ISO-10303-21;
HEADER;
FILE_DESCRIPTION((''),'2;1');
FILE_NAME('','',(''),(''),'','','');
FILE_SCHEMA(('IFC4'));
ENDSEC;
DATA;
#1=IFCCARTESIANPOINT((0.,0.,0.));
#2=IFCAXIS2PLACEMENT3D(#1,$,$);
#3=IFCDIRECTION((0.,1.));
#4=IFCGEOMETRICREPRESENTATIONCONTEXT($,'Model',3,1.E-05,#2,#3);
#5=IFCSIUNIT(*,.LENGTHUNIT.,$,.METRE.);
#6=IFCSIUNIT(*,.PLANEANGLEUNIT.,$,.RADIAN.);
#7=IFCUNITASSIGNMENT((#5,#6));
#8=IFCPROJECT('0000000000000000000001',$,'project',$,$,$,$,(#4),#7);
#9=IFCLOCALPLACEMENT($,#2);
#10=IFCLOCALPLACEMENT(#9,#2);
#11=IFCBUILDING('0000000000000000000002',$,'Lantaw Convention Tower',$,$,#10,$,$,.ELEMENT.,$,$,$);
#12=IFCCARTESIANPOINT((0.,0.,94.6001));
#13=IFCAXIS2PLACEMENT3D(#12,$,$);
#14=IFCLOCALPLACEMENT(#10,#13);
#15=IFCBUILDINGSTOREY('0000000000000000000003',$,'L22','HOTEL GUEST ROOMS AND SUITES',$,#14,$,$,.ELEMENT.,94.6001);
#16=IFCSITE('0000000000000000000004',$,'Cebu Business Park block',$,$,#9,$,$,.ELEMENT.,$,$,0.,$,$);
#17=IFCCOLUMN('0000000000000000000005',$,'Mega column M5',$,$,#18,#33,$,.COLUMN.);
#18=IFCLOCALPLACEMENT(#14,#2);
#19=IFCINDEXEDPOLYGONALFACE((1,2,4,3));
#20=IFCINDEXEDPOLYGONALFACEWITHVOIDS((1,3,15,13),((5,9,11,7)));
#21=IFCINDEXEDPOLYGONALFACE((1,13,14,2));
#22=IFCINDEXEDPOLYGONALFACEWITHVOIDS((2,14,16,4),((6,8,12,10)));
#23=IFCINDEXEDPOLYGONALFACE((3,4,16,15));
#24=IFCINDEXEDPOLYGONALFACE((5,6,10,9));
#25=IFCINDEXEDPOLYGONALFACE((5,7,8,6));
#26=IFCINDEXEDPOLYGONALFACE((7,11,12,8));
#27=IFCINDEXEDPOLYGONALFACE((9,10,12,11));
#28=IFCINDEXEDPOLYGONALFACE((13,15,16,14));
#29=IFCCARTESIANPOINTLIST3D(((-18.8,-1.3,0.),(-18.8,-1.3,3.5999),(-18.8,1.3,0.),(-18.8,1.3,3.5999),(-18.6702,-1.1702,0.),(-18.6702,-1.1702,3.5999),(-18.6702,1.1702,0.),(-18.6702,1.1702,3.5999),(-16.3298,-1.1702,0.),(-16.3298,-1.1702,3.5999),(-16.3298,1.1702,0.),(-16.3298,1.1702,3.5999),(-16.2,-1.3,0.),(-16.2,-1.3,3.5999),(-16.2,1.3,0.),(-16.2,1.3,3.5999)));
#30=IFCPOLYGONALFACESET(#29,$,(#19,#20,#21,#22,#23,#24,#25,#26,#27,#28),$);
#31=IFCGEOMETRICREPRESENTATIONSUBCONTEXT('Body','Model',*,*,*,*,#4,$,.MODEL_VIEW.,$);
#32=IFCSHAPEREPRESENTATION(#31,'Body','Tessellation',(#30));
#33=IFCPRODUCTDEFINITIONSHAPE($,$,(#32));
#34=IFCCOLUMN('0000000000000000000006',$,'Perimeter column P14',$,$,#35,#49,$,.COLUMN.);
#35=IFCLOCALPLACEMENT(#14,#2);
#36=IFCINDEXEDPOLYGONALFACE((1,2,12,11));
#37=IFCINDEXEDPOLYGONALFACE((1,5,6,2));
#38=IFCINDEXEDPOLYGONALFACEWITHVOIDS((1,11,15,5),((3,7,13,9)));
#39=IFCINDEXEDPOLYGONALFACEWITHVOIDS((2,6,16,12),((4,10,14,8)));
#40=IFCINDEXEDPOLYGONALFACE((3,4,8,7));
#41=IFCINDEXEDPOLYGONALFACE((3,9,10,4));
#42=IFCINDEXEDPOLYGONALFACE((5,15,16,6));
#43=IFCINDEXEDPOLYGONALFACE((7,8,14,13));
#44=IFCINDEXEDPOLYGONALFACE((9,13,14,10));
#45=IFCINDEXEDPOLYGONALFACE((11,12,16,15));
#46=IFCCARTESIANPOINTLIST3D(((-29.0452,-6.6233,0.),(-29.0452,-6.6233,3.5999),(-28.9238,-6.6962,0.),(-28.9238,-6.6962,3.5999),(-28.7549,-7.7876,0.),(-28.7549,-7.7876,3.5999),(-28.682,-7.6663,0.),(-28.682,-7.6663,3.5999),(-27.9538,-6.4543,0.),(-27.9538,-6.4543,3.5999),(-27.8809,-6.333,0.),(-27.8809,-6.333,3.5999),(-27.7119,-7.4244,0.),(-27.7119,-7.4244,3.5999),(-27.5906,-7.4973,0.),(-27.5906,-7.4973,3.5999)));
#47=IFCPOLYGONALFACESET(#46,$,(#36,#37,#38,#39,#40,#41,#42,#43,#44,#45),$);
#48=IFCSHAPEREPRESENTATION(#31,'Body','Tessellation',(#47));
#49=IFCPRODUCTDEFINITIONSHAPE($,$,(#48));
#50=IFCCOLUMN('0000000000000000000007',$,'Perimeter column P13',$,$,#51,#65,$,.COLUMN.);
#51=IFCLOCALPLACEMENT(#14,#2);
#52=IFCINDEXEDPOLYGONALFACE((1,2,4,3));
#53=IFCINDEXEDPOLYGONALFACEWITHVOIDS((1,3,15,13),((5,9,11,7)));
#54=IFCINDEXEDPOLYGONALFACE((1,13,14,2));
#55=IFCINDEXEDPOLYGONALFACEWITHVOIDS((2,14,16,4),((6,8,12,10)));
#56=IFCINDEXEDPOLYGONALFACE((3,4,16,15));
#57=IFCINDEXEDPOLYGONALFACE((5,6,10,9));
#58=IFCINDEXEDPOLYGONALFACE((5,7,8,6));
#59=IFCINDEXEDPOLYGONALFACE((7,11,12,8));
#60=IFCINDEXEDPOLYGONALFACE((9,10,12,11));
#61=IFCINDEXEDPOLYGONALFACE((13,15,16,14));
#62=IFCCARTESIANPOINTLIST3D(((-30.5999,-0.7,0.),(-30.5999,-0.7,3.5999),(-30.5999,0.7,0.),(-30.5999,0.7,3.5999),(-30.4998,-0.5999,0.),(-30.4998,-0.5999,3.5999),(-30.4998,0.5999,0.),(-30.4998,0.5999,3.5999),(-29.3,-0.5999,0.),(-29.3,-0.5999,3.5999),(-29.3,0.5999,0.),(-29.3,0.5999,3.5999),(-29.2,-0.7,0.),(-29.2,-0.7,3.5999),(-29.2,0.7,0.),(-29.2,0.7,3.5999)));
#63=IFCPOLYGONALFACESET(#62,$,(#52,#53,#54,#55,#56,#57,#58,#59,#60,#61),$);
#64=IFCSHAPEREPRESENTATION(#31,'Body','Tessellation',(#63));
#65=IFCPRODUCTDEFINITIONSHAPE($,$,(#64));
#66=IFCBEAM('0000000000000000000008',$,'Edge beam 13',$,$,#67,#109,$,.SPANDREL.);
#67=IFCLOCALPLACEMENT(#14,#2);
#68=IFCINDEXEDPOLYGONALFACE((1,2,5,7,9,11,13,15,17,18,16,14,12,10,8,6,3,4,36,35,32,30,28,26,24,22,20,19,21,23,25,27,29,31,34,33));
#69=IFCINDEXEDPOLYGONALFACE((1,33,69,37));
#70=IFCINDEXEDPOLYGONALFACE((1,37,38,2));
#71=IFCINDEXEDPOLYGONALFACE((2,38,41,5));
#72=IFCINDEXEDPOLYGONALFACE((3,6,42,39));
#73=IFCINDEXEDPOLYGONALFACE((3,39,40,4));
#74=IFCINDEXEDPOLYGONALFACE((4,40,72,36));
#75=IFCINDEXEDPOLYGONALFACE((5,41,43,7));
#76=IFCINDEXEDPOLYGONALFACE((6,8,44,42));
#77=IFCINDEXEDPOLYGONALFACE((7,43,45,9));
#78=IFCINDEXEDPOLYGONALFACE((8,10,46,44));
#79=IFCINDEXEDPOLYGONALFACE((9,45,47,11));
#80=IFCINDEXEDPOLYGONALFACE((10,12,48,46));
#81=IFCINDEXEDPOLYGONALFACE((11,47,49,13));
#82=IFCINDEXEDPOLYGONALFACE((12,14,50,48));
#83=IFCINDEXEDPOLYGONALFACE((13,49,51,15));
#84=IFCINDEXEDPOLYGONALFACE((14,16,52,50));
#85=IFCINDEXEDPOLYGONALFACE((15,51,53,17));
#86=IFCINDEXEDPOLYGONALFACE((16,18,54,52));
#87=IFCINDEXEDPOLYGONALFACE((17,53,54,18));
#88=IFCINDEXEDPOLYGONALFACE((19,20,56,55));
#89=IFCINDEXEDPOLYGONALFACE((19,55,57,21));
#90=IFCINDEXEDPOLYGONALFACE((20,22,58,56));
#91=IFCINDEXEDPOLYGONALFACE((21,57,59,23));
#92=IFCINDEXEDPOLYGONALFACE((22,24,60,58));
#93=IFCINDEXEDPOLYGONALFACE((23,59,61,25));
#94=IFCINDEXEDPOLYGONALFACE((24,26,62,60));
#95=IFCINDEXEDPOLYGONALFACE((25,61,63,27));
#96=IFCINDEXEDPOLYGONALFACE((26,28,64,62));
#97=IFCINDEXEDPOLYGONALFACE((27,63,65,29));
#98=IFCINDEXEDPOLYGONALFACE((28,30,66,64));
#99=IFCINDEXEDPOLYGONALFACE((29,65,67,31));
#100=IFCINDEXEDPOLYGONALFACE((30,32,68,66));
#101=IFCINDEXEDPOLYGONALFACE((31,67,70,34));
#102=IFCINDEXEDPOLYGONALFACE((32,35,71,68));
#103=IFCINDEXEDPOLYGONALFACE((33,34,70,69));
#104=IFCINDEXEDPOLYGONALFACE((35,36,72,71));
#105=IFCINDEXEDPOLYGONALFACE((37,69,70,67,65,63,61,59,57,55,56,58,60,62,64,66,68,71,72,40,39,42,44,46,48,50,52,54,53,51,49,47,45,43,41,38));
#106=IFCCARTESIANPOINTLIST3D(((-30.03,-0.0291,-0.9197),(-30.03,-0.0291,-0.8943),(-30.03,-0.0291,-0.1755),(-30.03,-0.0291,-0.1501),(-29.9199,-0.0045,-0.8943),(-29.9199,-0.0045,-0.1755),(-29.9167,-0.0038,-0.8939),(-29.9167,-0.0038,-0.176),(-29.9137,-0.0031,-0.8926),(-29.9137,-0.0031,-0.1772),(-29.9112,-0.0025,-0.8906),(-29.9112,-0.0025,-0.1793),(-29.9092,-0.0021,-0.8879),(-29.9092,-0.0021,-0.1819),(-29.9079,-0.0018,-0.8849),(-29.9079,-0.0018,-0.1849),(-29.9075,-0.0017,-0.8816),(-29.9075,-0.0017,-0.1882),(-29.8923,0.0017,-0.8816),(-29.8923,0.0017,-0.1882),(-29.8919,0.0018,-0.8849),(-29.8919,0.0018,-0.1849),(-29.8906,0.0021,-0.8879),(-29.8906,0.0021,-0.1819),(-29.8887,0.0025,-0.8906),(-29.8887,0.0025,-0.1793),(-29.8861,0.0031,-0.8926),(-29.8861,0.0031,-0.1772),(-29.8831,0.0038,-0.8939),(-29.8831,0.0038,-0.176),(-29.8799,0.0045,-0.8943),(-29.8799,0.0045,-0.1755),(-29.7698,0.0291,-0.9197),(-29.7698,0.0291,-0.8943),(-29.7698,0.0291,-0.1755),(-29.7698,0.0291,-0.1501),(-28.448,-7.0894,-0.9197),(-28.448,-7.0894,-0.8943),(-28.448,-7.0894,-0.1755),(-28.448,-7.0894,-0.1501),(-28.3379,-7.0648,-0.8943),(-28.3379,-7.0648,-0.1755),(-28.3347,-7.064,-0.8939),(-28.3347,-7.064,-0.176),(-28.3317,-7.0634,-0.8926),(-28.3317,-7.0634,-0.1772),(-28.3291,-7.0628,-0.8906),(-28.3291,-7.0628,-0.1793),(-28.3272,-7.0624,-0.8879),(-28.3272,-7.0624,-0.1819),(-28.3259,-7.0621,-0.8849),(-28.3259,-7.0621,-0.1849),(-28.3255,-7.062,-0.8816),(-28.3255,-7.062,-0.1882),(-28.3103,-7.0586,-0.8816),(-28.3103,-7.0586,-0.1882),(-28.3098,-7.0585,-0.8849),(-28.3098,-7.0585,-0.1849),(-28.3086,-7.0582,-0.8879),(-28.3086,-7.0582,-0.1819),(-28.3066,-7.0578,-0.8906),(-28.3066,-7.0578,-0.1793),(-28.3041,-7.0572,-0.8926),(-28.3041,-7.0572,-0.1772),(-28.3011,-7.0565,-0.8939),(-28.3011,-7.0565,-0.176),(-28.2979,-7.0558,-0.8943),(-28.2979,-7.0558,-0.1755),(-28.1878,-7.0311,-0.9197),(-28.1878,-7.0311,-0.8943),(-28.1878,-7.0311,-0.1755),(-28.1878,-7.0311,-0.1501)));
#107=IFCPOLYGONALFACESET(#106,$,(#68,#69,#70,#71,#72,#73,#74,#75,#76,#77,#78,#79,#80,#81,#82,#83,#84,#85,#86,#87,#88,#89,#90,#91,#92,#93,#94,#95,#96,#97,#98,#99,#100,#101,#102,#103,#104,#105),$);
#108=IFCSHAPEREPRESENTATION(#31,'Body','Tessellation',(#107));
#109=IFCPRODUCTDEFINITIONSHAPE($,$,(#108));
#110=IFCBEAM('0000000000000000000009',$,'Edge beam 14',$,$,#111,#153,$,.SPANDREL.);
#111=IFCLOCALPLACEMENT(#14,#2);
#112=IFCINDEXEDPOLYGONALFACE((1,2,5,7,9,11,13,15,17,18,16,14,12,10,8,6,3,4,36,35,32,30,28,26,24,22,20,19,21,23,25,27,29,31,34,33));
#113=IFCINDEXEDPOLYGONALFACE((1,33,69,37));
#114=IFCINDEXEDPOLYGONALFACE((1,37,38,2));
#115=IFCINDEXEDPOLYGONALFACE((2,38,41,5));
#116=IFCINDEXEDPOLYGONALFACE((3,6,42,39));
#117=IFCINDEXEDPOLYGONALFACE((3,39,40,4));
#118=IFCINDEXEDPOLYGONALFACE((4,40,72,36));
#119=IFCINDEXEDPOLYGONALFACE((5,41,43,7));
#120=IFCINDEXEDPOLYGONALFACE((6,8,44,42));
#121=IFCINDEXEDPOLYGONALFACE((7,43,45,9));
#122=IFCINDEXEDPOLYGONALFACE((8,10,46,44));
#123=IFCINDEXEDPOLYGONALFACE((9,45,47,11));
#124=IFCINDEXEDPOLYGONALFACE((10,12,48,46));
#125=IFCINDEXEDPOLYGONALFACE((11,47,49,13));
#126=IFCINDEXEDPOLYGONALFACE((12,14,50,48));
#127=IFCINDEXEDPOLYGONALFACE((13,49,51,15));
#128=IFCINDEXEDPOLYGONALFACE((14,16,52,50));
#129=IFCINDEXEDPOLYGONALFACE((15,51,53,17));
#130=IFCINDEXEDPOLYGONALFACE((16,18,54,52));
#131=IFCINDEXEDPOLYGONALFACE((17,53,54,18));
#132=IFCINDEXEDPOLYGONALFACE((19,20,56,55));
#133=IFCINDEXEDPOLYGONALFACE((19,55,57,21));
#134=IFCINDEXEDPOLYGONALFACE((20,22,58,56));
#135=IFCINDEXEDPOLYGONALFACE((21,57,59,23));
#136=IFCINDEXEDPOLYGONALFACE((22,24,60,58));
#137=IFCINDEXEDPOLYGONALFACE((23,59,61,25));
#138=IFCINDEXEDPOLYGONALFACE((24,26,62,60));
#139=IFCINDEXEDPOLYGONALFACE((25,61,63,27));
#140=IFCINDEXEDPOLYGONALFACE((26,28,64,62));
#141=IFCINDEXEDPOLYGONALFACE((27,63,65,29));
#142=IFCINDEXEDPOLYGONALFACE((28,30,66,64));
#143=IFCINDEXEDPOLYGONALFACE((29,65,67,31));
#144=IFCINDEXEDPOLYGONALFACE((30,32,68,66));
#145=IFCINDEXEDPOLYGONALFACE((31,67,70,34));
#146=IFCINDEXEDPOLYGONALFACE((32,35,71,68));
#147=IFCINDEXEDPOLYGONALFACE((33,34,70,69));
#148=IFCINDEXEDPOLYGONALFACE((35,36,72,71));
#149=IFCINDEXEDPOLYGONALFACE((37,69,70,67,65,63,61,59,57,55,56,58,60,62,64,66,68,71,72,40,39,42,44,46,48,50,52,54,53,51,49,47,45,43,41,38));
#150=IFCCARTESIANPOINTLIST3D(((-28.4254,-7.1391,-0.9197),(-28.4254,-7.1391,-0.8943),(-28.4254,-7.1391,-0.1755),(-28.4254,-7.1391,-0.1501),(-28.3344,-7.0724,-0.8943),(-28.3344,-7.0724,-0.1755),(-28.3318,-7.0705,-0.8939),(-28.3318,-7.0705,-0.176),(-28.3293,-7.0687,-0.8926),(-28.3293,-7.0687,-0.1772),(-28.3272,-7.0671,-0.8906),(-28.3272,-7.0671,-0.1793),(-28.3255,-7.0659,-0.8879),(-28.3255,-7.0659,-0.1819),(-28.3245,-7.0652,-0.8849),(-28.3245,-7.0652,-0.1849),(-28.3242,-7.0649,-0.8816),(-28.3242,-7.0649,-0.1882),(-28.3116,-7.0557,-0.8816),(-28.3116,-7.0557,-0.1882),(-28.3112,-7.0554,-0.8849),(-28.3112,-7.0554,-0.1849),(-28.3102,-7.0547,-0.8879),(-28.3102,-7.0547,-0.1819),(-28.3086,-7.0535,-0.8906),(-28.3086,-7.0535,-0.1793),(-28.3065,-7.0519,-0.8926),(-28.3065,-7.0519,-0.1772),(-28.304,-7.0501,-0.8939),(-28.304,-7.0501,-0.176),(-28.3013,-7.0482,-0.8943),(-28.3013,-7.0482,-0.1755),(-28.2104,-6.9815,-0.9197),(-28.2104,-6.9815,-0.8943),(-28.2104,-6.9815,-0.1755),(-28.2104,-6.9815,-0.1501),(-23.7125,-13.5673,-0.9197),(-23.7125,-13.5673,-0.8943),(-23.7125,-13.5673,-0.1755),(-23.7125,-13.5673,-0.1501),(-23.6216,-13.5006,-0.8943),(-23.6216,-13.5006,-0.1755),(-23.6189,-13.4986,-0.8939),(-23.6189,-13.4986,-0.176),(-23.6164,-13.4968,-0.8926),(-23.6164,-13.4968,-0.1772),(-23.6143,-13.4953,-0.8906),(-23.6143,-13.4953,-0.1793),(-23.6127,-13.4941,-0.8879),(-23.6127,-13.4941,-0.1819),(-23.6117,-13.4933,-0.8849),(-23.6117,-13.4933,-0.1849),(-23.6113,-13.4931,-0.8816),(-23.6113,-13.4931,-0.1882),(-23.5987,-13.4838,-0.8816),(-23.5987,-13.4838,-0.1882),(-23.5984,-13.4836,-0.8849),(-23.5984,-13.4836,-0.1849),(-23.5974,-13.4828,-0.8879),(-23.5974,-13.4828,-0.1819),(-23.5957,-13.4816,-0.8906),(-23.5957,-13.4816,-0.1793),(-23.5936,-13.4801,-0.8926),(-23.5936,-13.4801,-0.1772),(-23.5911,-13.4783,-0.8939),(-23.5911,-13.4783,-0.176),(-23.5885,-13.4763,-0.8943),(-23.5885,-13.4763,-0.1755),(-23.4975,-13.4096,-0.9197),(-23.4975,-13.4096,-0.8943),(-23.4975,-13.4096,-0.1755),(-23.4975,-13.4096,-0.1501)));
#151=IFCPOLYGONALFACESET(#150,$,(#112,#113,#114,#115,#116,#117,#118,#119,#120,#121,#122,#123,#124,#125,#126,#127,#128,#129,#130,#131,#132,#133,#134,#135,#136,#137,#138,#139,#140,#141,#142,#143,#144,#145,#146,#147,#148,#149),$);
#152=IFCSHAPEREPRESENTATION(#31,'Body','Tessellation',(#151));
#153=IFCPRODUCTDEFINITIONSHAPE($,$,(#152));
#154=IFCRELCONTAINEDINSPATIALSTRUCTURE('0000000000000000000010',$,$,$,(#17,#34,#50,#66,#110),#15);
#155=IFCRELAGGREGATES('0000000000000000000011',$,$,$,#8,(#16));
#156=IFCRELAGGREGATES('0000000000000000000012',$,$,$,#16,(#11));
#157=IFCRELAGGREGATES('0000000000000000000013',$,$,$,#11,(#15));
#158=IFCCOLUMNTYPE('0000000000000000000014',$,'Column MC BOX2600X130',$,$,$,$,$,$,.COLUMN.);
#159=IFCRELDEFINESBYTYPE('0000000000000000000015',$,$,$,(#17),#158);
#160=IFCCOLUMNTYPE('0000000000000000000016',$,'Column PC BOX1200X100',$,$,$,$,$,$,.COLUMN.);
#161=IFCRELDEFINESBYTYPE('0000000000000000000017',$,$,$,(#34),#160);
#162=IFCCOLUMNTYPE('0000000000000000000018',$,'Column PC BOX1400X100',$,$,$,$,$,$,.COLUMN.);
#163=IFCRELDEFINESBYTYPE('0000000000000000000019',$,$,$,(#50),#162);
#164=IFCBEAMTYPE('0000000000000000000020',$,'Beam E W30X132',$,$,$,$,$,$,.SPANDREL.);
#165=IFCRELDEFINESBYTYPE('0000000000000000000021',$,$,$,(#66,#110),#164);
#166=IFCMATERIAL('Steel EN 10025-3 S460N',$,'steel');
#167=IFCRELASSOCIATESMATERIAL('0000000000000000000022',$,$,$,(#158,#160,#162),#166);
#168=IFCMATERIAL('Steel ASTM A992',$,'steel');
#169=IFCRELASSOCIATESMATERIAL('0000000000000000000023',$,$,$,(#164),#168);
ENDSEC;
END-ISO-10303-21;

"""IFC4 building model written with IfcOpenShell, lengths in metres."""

from ifc_helpers import new_model, si_unit, direction, frame, origin, origin_2d, place, context, subcontext, project, spatial, rectangle, hollow_rectangle, i_section, extrude, material, material_profile, profile_set, type_object, element, save


model = new_model("IFC4")

# Units and contexts
model_context = context("Model", 3, precision=1e-05, world=origin(), true_north=direction((0.0, 1.0)))
body_context = subcontext(model_context, "Body", "Model", "MODEL_VIEW")
ifc_project = project(units=[si_unit("LENGTHUNIT", "METRE"), si_unit("PLANEANGLEUNIT", "RADIAN")], contexts=[model_context])

# Site, building, storey
site_placement = place(None, origin())
site = spatial("IfcSite", under=ifc_project, at=site_placement, Name="Cebu Business Park block", CompositionType="ELEMENT", RefElevation=0.0)
building_placement = place(site_placement, origin())
building = spatial("IfcBuilding", under=site, at=building_placement, Name="Lantaw Convention Tower", CompositionType="ELEMENT")
storey_placement = place(building_placement, frame((0.0, 0.0, 94.6001)))
storey = spatial("IfcBuildingStorey", under=building, at=storey_placement, Name="L22", Description="HOTEL GUEST ROOMS AND SUITES", CompositionType="ELEMENT", Elevation=94.6001)

# Columns
ifc_material_1 = material(Name="Steel EN 10025-3 S460N", Category="steel")
ifc_material_profile_1 = material_profile(ifc_material_1, hollow_rectangle(XDim=2.6001, YDim=2.6001, WallThickness=0.1299, at=origin_2d()), Name="BOX2600X130")
ifc_material_2 = material(Name="Concrete C60/75", Category="concrete")
ifc_material_profile_2 = material_profile(ifc_material_2, rectangle(XDim=2.3401, YDim=2.3401, at=origin_2d()), Name="Concrete fill of BOX2600X130")
ifc_profile_set_1 = profile_set([ifc_material_profile_1, ifc_material_profile_2], Name="Steel EN 10025-3 S460N")
column_type_1 = type_object("IfcColumnType", Name="Column MC BOX2600X130", PredefinedType="COLUMN", material=ifc_profile_set_1)
column_1_placement = place(storey_placement, frame((-17.5, 0.0, 0.0), z_axis=(0.0, 0.0, 1.0), x_axis=(1.0, 0.0, 0.0)))
element("IfcColumn", 1, at=column_1_placement, inside=storey, type_object=column_type_1, Name="Mega column M5", PredefinedType="COLUMN", context=body_context, shape_type="SweptSolid", body=[
    extrude(hollow_rectangle(XDim=2.6001, YDim=2.6001, WallThickness=0.1299, at=origin_2d()), origin(), (0.0, 0.0, 1.0), 3.5999),
])
ifc_material_profile_3 = material_profile(ifc_material_1, hollow_rectangle(XDim=1.2, YDim=1.2, WallThickness=0.1001, at=origin_2d()), Name="BOX1200X100")
ifc_material_profile_4 = material_profile(ifc_material_2, rectangle(XDim=1.0, YDim=1.0, at=origin_2d()), Name="Concrete fill of BOX1200X100")
ifc_profile_set_2 = profile_set([ifc_material_profile_3, ifc_material_profile_4], Name="Steel EN 10025-3 S460N")
column_type_2 = type_object("IfcColumnType", Name="Column PC BOX1200X100", PredefinedType="COLUMN", material=ifc_profile_set_2)
column_2_placement = place(storey_placement, frame((-28.3179, -7.0603, 0.0), z_axis=(0.0, 0.0, 1.0), x_axis=(0.970296, 0.241922, 0.0)))
element("IfcColumn", 2, at=column_2_placement, inside=storey, type_object=column_type_2, Name="Perimeter column P14", PredefinedType="COLUMN", context=body_context, shape_type="SweptSolid", body=[
    extrude(hollow_rectangle(XDim=1.2, YDim=1.2, WallThickness=0.1001, at=origin_2d()), origin(), (0.0, 0.0, 1.0), 3.5999),
])
ifc_material_profile_5 = material_profile(ifc_material_1, hollow_rectangle(XDim=1.3999, YDim=1.3999, WallThickness=0.1001, at=origin_2d()), Name="BOX1400X100")
ifc_material_profile_6 = material_profile(ifc_material_2, rectangle(XDim=1.2, YDim=1.2, at=origin_2d()), Name="Concrete fill of BOX1400X100")
ifc_profile_set_3 = profile_set([ifc_material_profile_5, ifc_material_profile_6], Name="Steel EN 10025-3 S460N")
column_type_3 = type_object("IfcColumnType", Name="Column PC BOX1400X100", PredefinedType="COLUMN", material=ifc_profile_set_3)
column_3_placement = place(storey_placement, frame((-29.8999, 0.0, 0.0), z_axis=(0.0, 0.0, 1.0), x_axis=(1.0, 0.0, 0.0)))
element("IfcColumn", 3, at=column_3_placement, inside=storey, type_object=column_type_3, Name="Perimeter column P13", PredefinedType="COLUMN", context=body_context, shape_type="SweptSolid", body=[
    extrude(hollow_rectangle(XDim=1.3999, YDim=1.3999, WallThickness=0.1001, at=origin_2d()), origin(), (0.0, 0.0, 1.0), 3.5999),
])

# Beams
ifc_material_3 = material(Name="Steel ASTM A992", Category="steel")
ifc_material_profile_7 = material_profile(ifc_material_3, i_section(OverallWidth=0.2666, OverallDepth=0.7695, WebThickness=0.0156, FlangeThickness=0.0254, FilletRadius=0.0127, at=origin_2d()), Name="W30X132")
ifc_profile_set_4 = profile_set([ifc_material_profile_7], Name="Steel ASTM A992")
beam_type_1 = type_object("IfcBeamType", Name="Beam E W30X132", PredefinedType="SPANDREL", material=ifc_profile_set_4)
beam_1_placement = place(storey_placement, frame((-29.8999, 0.0, -0.5349), z_axis=(0.218652, -0.975803, 0.0), x_axis=(0.975803, 0.218652, 0.0)))
element("IfcBeam", 4, at=beam_1_placement, inside=storey, type_object=beam_type_1, Name="Edge beam 13", PredefinedType="SPANDREL", context=body_context, shape_type="SweptSolid", body=[
    extrude(i_section(OverallWidth=0.2666, OverallDepth=0.7695, WebThickness=0.0156, FlangeThickness=0.0254, FilletRadius=0.0127, at=origin_2d()), origin(), (0.0, 0.0, 1.0), 7.2354),
])
beam_2_placement = place(storey_placement, frame((-28.3179, -7.0603, -0.5349), z_axis=(0.591271, -0.806473, 0.0), x_axis=(0.806473, 0.591271, 0.0)))
element("IfcBeam", 5, at=beam_2_placement, inside=storey, type_object=beam_type_1, Name="Edge beam 14", PredefinedType="SPANDREL", context=body_context, shape_type="SweptSolid", body=[
    extrude(i_section(OverallWidth=0.2666, OverallDepth=0.7695, WebThickness=0.0156, FlangeThickness=0.0254, FilletRadius=0.0127, at=origin_2d()), origin(), (0.0, 0.0, 1.0), 7.9707),
])

save(model, "model.ifc")
